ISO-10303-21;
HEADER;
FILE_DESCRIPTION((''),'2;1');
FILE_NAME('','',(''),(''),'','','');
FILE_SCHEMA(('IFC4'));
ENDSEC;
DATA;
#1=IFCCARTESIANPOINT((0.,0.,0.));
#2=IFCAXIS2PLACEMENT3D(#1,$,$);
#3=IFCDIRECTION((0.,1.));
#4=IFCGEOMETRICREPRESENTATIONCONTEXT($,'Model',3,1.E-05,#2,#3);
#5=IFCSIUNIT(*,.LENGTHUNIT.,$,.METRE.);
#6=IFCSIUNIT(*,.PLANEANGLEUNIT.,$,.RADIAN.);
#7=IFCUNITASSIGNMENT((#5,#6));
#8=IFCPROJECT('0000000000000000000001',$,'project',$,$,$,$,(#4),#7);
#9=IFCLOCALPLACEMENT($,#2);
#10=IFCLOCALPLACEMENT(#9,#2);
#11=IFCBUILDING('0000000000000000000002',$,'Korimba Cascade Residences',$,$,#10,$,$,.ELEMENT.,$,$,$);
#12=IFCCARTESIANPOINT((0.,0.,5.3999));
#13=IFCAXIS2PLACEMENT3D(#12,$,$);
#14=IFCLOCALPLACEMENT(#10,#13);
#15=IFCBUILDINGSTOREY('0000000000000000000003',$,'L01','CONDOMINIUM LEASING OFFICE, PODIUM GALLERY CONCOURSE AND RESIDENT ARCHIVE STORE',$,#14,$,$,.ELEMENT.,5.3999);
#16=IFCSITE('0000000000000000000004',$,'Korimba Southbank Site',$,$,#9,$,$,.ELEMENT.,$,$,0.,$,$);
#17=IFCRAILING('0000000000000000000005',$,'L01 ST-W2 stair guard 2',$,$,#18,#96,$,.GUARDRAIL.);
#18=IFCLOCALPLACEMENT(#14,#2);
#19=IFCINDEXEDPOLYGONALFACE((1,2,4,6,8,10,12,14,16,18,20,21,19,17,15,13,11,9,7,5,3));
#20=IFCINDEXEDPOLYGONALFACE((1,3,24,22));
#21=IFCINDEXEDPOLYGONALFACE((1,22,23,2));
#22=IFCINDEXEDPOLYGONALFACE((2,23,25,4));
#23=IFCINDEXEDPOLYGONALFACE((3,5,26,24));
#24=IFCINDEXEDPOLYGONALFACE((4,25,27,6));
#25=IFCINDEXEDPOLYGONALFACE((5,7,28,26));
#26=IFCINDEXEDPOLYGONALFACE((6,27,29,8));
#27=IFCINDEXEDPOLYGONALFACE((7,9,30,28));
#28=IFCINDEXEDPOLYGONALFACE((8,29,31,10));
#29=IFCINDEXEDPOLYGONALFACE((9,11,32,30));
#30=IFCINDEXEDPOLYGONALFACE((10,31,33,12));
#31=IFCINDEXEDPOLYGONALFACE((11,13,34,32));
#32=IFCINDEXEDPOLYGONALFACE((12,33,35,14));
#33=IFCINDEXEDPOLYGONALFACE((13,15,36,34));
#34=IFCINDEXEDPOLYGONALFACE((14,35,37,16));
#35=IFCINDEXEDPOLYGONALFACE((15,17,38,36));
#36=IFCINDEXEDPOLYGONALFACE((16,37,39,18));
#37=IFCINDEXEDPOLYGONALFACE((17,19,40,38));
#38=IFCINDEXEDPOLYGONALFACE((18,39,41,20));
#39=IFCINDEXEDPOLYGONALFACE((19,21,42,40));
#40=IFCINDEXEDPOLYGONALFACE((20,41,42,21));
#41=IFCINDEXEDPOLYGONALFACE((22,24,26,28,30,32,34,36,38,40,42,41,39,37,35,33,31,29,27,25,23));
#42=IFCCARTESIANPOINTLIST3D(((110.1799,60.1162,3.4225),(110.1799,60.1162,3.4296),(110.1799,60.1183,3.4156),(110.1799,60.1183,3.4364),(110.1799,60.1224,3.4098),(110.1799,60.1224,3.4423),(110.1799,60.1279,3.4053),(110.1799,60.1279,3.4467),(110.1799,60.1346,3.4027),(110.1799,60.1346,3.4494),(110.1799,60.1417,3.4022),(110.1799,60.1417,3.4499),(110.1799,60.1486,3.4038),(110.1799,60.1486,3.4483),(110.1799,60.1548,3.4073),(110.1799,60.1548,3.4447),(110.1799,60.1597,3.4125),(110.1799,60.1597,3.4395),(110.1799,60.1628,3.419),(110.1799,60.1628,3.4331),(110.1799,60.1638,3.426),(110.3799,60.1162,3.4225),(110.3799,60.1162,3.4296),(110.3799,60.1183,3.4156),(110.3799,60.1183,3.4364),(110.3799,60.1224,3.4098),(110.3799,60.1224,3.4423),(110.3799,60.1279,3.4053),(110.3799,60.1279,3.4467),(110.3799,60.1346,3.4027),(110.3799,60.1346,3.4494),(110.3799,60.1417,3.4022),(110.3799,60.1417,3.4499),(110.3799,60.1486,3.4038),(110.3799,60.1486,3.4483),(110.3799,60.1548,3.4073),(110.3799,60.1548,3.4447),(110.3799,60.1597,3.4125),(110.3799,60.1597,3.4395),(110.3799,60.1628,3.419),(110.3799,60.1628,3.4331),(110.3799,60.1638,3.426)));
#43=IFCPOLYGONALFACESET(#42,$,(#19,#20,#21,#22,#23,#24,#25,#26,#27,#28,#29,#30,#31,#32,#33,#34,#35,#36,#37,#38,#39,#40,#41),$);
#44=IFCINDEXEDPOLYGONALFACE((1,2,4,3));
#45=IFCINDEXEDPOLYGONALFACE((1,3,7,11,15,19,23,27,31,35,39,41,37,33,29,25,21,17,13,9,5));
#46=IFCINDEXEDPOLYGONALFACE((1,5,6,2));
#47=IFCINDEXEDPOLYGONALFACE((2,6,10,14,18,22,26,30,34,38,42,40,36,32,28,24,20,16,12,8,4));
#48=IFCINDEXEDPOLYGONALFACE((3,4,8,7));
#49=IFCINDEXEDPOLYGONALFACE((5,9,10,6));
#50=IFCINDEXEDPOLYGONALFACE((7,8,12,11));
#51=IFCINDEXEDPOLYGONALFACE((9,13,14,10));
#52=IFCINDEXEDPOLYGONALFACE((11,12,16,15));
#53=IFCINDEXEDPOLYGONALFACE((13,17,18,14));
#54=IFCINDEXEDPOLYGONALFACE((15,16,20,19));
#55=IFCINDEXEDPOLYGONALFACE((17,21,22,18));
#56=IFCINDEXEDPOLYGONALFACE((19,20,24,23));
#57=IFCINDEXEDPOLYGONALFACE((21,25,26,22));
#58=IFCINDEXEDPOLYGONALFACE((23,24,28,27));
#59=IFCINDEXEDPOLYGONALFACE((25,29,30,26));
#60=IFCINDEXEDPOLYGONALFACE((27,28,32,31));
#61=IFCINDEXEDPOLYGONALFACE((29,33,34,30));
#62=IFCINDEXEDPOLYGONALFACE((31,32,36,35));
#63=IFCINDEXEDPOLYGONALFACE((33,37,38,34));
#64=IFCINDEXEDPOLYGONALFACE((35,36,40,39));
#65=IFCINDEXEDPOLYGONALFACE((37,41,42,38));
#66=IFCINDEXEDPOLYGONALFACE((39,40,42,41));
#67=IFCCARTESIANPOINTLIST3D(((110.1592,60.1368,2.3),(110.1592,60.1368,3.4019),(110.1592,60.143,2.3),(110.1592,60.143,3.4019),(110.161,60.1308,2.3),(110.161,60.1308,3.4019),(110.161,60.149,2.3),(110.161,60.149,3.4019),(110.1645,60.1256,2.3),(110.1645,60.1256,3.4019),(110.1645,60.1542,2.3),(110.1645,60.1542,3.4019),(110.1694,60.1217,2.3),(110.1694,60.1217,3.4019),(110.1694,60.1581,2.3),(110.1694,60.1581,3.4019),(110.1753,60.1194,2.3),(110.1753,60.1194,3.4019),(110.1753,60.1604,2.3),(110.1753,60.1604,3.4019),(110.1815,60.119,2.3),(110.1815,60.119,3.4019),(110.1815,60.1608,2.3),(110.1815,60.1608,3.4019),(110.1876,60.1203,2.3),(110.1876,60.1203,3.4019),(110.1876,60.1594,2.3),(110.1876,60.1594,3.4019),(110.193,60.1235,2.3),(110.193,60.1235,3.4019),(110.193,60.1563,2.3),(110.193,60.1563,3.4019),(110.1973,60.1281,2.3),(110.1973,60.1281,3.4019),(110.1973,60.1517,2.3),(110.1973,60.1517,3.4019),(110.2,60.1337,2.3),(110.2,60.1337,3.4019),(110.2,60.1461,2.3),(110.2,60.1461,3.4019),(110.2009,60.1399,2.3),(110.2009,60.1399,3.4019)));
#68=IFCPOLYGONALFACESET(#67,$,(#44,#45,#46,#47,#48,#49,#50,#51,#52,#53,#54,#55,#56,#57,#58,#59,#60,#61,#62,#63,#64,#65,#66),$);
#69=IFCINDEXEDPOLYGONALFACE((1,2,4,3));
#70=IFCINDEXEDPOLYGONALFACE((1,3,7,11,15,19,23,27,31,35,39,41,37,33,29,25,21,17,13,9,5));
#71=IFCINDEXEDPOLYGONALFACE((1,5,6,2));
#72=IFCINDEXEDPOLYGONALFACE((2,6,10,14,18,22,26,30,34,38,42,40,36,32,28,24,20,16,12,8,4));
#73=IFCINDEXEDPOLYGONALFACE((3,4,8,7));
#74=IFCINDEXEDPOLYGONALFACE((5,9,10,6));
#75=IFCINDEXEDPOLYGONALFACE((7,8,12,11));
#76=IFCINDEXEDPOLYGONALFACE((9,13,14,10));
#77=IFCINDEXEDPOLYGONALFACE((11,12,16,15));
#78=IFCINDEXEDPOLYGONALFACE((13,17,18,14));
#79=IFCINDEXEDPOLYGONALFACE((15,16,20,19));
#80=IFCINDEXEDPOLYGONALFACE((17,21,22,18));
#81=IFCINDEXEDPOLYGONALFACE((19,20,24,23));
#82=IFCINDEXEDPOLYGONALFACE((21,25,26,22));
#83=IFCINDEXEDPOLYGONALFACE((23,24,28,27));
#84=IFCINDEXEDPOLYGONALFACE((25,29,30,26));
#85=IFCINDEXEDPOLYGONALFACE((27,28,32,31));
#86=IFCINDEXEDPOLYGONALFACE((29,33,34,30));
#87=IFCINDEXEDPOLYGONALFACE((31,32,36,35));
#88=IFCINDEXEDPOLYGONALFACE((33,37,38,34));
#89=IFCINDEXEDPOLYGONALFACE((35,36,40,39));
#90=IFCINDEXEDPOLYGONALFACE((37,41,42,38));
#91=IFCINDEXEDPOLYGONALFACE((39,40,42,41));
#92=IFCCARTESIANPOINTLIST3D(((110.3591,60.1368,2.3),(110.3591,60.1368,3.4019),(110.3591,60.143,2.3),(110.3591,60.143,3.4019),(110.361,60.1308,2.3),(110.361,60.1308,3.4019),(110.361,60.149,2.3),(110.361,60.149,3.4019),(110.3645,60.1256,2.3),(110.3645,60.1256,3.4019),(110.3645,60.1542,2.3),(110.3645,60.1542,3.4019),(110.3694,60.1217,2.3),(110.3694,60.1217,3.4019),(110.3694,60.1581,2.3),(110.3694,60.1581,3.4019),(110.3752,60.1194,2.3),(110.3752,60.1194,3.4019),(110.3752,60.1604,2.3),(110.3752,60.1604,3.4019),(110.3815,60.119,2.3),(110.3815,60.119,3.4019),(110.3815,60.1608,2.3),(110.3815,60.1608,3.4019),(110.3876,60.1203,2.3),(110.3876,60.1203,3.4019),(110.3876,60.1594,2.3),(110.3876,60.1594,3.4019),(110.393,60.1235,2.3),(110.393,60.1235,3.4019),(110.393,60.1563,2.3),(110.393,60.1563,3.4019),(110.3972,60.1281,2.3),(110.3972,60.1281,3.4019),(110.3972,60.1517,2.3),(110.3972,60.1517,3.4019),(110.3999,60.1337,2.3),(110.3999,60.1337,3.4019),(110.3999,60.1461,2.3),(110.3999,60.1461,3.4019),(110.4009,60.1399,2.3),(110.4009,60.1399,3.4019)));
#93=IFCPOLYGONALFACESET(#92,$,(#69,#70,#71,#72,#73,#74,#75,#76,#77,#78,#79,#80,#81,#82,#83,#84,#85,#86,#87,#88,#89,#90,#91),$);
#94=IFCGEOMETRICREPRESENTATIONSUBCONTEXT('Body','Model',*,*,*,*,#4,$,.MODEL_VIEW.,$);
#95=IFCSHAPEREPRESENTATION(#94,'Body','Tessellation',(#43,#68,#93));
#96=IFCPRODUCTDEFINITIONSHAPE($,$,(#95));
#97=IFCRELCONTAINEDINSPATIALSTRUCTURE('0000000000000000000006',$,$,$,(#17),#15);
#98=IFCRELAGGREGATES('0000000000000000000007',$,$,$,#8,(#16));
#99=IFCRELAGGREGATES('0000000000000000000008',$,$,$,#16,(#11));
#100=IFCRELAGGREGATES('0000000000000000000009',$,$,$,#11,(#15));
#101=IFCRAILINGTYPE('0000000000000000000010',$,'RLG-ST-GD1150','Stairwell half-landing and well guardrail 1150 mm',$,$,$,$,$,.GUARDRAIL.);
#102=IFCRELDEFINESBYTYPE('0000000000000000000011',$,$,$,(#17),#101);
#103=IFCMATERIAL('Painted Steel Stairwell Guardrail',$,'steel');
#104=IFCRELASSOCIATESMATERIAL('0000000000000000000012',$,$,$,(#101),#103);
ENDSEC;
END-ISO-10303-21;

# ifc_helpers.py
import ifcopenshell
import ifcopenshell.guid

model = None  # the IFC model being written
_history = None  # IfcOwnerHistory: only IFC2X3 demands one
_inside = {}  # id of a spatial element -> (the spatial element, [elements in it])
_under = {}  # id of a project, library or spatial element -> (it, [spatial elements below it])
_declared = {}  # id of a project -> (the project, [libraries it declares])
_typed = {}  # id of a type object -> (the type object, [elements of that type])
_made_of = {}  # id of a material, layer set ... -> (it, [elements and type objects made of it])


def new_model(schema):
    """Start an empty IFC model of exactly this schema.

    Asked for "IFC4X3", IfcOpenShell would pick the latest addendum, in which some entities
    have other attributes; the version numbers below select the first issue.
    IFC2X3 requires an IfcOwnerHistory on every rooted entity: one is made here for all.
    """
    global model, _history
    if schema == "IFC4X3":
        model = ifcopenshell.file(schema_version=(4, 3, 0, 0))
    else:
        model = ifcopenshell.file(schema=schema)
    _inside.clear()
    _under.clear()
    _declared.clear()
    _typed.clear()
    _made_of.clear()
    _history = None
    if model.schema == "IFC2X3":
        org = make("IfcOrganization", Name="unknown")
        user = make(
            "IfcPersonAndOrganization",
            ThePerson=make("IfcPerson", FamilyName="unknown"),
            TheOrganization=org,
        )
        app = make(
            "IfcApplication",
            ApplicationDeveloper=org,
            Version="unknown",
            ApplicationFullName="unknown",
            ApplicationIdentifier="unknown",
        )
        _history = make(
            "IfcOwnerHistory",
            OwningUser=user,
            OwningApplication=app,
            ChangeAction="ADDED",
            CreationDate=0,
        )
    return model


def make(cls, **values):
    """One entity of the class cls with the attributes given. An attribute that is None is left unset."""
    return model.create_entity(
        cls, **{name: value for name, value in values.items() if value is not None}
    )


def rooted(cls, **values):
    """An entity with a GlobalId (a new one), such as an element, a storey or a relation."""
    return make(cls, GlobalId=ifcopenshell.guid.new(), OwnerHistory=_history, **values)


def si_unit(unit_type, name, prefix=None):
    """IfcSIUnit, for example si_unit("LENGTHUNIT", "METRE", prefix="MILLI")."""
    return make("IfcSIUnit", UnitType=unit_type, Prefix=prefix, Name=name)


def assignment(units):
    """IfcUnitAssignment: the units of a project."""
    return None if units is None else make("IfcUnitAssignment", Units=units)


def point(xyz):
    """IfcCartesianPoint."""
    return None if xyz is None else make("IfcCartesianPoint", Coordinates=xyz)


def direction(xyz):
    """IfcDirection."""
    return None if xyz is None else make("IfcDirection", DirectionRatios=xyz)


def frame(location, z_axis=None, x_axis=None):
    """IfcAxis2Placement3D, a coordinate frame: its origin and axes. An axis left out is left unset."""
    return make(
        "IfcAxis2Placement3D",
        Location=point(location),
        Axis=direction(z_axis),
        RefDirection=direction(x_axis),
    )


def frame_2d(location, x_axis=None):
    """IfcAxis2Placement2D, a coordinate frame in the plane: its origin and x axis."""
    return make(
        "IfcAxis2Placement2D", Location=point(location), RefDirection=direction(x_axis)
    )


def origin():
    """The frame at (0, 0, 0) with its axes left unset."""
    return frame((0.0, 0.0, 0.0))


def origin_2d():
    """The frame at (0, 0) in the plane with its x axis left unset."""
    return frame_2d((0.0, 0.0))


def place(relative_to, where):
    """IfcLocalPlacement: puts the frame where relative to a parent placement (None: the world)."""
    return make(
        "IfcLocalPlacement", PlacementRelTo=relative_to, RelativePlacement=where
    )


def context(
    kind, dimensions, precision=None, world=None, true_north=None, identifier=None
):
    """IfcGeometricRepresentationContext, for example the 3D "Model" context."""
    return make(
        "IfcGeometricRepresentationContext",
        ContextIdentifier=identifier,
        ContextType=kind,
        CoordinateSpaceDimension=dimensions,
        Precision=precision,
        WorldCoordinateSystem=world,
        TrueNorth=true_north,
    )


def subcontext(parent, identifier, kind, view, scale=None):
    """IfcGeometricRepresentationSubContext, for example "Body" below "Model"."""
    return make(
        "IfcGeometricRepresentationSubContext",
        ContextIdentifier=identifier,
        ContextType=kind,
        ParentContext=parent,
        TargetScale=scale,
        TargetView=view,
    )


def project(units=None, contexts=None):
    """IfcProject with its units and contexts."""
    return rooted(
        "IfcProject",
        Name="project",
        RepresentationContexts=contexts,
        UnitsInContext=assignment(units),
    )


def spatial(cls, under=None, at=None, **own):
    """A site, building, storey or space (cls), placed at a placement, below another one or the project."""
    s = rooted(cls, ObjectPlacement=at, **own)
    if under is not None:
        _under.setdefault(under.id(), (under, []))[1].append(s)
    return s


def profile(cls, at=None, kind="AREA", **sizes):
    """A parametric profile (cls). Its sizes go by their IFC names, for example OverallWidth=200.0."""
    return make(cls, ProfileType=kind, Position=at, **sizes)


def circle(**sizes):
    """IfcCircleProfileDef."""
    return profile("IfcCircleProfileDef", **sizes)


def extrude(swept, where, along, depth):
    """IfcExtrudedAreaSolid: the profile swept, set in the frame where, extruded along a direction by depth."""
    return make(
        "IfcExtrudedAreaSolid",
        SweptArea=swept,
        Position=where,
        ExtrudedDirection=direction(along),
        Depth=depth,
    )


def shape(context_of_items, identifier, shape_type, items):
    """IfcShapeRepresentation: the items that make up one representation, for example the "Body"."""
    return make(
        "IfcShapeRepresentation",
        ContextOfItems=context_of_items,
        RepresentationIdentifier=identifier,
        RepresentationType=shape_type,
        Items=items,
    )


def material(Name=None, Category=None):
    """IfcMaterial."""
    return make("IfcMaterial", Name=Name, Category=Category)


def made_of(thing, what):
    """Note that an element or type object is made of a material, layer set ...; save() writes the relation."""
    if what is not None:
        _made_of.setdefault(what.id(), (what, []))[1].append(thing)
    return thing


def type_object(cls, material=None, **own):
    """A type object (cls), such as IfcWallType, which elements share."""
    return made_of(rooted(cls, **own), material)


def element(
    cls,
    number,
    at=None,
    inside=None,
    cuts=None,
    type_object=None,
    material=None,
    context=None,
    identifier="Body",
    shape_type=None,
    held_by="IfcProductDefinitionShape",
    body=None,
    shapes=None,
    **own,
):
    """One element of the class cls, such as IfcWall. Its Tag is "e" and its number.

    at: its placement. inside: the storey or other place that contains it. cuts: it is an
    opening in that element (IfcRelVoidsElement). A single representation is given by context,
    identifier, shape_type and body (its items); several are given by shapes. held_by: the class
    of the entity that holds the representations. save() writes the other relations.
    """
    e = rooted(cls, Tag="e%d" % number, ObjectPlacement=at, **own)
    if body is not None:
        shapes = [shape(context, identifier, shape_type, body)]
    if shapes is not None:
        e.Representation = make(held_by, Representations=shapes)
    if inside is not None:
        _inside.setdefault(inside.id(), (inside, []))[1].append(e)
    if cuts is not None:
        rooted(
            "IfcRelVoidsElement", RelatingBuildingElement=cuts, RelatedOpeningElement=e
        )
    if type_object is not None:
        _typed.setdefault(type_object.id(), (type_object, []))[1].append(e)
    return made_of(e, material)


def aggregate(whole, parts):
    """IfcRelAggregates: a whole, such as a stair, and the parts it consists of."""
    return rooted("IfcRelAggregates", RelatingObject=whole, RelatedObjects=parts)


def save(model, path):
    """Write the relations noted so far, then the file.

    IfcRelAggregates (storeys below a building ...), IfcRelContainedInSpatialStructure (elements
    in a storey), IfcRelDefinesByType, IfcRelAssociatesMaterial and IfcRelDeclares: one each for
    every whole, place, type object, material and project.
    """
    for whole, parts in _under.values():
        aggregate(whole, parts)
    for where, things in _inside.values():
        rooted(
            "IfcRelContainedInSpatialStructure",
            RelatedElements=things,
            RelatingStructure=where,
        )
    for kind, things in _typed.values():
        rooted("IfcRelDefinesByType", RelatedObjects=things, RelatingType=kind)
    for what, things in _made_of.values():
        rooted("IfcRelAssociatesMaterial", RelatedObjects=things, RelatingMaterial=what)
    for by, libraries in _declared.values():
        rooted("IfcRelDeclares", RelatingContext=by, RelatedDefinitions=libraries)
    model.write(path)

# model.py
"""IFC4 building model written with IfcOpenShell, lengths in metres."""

from ifc_helpers import new_model, si_unit, direction, frame, origin, origin_2d, place, context, subcontext, project, spatial, circle, extrude, material, type_object, element, save


model = new_model("IFC4")

# Units and contexts
model_context = context("Model", 3, precision=1e-05, world=origin(), true_north=direction((0.0, 1.0)))
body_context = subcontext(model_context, "Body", "Model", "MODEL_VIEW")
ifc_project = project(units=[si_unit("LENGTHUNIT", "METRE"), si_unit("PLANEANGLEUNIT", "RADIAN")], contexts=[model_context])

# Site, building, storey
site_placement = place(None, origin())
site = spatial("IfcSite", under=ifc_project, at=site_placement, Name="Korimba Southbank Site", CompositionType="ELEMENT", RefElevation=0.0)
building_placement = place(site_placement, origin())
building = spatial("IfcBuilding", under=site, at=building_placement, Name="Korimba Cascade Residences", CompositionType="ELEMENT")
storey_placement = place(building_placement, frame((0.0, 0.0, 5.3999)))
storey = spatial("IfcBuildingStorey", under=building, at=storey_placement, Name="L01", Description="CONDOMINIUM LEASING OFFICE, PODIUM GALLERY CONCOURSE AND RESIDENT ARCHIVE STORE", CompositionType="ELEMENT", Elevation=5.3999)

# Railing
ifc_material_1 = material(Name="Painted Steel Stairwell Guardrail", Category="steel")
railing_type_1 = type_object("IfcRailingType", Name="RLG-ST-GD1150", Description="Stairwell half-landing and well guardrail 1150 mm", PredefinedType="GUARDRAIL", material=ifc_material_1)
railing_1_placement = place(storey_placement, frame((110.1799, 60.1399, 2.3)))
element("IfcRailing", 1, at=railing_1_placement, inside=storey, type_object=railing_type_1, Name="L01 ST-W2 stair guard 2", PredefinedType="GUARDRAIL", context=body_context, shape_type="SweptSolid", body=[
    extrude(circle(Radius=0.0239, at=origin_2d()), frame((0.0, 0.0, 1.126), z_axis=(1.0, 0.0, 0.0), x_axis=(0.0, 1.0, 0.0)), (0.0, 0.0, 1.0), 0.2),
    extrude(circle(Radius=0.021, at=origin_2d()), origin(), (0.0, 0.0, 1.0), 1.1018),
    extrude(circle(Radius=0.021, at=origin_2d()), frame((0.2, 0.0, 0.0)), (0.0, 0.0, 1.0), 1.1018),
])

save(model, "model.ifc")
